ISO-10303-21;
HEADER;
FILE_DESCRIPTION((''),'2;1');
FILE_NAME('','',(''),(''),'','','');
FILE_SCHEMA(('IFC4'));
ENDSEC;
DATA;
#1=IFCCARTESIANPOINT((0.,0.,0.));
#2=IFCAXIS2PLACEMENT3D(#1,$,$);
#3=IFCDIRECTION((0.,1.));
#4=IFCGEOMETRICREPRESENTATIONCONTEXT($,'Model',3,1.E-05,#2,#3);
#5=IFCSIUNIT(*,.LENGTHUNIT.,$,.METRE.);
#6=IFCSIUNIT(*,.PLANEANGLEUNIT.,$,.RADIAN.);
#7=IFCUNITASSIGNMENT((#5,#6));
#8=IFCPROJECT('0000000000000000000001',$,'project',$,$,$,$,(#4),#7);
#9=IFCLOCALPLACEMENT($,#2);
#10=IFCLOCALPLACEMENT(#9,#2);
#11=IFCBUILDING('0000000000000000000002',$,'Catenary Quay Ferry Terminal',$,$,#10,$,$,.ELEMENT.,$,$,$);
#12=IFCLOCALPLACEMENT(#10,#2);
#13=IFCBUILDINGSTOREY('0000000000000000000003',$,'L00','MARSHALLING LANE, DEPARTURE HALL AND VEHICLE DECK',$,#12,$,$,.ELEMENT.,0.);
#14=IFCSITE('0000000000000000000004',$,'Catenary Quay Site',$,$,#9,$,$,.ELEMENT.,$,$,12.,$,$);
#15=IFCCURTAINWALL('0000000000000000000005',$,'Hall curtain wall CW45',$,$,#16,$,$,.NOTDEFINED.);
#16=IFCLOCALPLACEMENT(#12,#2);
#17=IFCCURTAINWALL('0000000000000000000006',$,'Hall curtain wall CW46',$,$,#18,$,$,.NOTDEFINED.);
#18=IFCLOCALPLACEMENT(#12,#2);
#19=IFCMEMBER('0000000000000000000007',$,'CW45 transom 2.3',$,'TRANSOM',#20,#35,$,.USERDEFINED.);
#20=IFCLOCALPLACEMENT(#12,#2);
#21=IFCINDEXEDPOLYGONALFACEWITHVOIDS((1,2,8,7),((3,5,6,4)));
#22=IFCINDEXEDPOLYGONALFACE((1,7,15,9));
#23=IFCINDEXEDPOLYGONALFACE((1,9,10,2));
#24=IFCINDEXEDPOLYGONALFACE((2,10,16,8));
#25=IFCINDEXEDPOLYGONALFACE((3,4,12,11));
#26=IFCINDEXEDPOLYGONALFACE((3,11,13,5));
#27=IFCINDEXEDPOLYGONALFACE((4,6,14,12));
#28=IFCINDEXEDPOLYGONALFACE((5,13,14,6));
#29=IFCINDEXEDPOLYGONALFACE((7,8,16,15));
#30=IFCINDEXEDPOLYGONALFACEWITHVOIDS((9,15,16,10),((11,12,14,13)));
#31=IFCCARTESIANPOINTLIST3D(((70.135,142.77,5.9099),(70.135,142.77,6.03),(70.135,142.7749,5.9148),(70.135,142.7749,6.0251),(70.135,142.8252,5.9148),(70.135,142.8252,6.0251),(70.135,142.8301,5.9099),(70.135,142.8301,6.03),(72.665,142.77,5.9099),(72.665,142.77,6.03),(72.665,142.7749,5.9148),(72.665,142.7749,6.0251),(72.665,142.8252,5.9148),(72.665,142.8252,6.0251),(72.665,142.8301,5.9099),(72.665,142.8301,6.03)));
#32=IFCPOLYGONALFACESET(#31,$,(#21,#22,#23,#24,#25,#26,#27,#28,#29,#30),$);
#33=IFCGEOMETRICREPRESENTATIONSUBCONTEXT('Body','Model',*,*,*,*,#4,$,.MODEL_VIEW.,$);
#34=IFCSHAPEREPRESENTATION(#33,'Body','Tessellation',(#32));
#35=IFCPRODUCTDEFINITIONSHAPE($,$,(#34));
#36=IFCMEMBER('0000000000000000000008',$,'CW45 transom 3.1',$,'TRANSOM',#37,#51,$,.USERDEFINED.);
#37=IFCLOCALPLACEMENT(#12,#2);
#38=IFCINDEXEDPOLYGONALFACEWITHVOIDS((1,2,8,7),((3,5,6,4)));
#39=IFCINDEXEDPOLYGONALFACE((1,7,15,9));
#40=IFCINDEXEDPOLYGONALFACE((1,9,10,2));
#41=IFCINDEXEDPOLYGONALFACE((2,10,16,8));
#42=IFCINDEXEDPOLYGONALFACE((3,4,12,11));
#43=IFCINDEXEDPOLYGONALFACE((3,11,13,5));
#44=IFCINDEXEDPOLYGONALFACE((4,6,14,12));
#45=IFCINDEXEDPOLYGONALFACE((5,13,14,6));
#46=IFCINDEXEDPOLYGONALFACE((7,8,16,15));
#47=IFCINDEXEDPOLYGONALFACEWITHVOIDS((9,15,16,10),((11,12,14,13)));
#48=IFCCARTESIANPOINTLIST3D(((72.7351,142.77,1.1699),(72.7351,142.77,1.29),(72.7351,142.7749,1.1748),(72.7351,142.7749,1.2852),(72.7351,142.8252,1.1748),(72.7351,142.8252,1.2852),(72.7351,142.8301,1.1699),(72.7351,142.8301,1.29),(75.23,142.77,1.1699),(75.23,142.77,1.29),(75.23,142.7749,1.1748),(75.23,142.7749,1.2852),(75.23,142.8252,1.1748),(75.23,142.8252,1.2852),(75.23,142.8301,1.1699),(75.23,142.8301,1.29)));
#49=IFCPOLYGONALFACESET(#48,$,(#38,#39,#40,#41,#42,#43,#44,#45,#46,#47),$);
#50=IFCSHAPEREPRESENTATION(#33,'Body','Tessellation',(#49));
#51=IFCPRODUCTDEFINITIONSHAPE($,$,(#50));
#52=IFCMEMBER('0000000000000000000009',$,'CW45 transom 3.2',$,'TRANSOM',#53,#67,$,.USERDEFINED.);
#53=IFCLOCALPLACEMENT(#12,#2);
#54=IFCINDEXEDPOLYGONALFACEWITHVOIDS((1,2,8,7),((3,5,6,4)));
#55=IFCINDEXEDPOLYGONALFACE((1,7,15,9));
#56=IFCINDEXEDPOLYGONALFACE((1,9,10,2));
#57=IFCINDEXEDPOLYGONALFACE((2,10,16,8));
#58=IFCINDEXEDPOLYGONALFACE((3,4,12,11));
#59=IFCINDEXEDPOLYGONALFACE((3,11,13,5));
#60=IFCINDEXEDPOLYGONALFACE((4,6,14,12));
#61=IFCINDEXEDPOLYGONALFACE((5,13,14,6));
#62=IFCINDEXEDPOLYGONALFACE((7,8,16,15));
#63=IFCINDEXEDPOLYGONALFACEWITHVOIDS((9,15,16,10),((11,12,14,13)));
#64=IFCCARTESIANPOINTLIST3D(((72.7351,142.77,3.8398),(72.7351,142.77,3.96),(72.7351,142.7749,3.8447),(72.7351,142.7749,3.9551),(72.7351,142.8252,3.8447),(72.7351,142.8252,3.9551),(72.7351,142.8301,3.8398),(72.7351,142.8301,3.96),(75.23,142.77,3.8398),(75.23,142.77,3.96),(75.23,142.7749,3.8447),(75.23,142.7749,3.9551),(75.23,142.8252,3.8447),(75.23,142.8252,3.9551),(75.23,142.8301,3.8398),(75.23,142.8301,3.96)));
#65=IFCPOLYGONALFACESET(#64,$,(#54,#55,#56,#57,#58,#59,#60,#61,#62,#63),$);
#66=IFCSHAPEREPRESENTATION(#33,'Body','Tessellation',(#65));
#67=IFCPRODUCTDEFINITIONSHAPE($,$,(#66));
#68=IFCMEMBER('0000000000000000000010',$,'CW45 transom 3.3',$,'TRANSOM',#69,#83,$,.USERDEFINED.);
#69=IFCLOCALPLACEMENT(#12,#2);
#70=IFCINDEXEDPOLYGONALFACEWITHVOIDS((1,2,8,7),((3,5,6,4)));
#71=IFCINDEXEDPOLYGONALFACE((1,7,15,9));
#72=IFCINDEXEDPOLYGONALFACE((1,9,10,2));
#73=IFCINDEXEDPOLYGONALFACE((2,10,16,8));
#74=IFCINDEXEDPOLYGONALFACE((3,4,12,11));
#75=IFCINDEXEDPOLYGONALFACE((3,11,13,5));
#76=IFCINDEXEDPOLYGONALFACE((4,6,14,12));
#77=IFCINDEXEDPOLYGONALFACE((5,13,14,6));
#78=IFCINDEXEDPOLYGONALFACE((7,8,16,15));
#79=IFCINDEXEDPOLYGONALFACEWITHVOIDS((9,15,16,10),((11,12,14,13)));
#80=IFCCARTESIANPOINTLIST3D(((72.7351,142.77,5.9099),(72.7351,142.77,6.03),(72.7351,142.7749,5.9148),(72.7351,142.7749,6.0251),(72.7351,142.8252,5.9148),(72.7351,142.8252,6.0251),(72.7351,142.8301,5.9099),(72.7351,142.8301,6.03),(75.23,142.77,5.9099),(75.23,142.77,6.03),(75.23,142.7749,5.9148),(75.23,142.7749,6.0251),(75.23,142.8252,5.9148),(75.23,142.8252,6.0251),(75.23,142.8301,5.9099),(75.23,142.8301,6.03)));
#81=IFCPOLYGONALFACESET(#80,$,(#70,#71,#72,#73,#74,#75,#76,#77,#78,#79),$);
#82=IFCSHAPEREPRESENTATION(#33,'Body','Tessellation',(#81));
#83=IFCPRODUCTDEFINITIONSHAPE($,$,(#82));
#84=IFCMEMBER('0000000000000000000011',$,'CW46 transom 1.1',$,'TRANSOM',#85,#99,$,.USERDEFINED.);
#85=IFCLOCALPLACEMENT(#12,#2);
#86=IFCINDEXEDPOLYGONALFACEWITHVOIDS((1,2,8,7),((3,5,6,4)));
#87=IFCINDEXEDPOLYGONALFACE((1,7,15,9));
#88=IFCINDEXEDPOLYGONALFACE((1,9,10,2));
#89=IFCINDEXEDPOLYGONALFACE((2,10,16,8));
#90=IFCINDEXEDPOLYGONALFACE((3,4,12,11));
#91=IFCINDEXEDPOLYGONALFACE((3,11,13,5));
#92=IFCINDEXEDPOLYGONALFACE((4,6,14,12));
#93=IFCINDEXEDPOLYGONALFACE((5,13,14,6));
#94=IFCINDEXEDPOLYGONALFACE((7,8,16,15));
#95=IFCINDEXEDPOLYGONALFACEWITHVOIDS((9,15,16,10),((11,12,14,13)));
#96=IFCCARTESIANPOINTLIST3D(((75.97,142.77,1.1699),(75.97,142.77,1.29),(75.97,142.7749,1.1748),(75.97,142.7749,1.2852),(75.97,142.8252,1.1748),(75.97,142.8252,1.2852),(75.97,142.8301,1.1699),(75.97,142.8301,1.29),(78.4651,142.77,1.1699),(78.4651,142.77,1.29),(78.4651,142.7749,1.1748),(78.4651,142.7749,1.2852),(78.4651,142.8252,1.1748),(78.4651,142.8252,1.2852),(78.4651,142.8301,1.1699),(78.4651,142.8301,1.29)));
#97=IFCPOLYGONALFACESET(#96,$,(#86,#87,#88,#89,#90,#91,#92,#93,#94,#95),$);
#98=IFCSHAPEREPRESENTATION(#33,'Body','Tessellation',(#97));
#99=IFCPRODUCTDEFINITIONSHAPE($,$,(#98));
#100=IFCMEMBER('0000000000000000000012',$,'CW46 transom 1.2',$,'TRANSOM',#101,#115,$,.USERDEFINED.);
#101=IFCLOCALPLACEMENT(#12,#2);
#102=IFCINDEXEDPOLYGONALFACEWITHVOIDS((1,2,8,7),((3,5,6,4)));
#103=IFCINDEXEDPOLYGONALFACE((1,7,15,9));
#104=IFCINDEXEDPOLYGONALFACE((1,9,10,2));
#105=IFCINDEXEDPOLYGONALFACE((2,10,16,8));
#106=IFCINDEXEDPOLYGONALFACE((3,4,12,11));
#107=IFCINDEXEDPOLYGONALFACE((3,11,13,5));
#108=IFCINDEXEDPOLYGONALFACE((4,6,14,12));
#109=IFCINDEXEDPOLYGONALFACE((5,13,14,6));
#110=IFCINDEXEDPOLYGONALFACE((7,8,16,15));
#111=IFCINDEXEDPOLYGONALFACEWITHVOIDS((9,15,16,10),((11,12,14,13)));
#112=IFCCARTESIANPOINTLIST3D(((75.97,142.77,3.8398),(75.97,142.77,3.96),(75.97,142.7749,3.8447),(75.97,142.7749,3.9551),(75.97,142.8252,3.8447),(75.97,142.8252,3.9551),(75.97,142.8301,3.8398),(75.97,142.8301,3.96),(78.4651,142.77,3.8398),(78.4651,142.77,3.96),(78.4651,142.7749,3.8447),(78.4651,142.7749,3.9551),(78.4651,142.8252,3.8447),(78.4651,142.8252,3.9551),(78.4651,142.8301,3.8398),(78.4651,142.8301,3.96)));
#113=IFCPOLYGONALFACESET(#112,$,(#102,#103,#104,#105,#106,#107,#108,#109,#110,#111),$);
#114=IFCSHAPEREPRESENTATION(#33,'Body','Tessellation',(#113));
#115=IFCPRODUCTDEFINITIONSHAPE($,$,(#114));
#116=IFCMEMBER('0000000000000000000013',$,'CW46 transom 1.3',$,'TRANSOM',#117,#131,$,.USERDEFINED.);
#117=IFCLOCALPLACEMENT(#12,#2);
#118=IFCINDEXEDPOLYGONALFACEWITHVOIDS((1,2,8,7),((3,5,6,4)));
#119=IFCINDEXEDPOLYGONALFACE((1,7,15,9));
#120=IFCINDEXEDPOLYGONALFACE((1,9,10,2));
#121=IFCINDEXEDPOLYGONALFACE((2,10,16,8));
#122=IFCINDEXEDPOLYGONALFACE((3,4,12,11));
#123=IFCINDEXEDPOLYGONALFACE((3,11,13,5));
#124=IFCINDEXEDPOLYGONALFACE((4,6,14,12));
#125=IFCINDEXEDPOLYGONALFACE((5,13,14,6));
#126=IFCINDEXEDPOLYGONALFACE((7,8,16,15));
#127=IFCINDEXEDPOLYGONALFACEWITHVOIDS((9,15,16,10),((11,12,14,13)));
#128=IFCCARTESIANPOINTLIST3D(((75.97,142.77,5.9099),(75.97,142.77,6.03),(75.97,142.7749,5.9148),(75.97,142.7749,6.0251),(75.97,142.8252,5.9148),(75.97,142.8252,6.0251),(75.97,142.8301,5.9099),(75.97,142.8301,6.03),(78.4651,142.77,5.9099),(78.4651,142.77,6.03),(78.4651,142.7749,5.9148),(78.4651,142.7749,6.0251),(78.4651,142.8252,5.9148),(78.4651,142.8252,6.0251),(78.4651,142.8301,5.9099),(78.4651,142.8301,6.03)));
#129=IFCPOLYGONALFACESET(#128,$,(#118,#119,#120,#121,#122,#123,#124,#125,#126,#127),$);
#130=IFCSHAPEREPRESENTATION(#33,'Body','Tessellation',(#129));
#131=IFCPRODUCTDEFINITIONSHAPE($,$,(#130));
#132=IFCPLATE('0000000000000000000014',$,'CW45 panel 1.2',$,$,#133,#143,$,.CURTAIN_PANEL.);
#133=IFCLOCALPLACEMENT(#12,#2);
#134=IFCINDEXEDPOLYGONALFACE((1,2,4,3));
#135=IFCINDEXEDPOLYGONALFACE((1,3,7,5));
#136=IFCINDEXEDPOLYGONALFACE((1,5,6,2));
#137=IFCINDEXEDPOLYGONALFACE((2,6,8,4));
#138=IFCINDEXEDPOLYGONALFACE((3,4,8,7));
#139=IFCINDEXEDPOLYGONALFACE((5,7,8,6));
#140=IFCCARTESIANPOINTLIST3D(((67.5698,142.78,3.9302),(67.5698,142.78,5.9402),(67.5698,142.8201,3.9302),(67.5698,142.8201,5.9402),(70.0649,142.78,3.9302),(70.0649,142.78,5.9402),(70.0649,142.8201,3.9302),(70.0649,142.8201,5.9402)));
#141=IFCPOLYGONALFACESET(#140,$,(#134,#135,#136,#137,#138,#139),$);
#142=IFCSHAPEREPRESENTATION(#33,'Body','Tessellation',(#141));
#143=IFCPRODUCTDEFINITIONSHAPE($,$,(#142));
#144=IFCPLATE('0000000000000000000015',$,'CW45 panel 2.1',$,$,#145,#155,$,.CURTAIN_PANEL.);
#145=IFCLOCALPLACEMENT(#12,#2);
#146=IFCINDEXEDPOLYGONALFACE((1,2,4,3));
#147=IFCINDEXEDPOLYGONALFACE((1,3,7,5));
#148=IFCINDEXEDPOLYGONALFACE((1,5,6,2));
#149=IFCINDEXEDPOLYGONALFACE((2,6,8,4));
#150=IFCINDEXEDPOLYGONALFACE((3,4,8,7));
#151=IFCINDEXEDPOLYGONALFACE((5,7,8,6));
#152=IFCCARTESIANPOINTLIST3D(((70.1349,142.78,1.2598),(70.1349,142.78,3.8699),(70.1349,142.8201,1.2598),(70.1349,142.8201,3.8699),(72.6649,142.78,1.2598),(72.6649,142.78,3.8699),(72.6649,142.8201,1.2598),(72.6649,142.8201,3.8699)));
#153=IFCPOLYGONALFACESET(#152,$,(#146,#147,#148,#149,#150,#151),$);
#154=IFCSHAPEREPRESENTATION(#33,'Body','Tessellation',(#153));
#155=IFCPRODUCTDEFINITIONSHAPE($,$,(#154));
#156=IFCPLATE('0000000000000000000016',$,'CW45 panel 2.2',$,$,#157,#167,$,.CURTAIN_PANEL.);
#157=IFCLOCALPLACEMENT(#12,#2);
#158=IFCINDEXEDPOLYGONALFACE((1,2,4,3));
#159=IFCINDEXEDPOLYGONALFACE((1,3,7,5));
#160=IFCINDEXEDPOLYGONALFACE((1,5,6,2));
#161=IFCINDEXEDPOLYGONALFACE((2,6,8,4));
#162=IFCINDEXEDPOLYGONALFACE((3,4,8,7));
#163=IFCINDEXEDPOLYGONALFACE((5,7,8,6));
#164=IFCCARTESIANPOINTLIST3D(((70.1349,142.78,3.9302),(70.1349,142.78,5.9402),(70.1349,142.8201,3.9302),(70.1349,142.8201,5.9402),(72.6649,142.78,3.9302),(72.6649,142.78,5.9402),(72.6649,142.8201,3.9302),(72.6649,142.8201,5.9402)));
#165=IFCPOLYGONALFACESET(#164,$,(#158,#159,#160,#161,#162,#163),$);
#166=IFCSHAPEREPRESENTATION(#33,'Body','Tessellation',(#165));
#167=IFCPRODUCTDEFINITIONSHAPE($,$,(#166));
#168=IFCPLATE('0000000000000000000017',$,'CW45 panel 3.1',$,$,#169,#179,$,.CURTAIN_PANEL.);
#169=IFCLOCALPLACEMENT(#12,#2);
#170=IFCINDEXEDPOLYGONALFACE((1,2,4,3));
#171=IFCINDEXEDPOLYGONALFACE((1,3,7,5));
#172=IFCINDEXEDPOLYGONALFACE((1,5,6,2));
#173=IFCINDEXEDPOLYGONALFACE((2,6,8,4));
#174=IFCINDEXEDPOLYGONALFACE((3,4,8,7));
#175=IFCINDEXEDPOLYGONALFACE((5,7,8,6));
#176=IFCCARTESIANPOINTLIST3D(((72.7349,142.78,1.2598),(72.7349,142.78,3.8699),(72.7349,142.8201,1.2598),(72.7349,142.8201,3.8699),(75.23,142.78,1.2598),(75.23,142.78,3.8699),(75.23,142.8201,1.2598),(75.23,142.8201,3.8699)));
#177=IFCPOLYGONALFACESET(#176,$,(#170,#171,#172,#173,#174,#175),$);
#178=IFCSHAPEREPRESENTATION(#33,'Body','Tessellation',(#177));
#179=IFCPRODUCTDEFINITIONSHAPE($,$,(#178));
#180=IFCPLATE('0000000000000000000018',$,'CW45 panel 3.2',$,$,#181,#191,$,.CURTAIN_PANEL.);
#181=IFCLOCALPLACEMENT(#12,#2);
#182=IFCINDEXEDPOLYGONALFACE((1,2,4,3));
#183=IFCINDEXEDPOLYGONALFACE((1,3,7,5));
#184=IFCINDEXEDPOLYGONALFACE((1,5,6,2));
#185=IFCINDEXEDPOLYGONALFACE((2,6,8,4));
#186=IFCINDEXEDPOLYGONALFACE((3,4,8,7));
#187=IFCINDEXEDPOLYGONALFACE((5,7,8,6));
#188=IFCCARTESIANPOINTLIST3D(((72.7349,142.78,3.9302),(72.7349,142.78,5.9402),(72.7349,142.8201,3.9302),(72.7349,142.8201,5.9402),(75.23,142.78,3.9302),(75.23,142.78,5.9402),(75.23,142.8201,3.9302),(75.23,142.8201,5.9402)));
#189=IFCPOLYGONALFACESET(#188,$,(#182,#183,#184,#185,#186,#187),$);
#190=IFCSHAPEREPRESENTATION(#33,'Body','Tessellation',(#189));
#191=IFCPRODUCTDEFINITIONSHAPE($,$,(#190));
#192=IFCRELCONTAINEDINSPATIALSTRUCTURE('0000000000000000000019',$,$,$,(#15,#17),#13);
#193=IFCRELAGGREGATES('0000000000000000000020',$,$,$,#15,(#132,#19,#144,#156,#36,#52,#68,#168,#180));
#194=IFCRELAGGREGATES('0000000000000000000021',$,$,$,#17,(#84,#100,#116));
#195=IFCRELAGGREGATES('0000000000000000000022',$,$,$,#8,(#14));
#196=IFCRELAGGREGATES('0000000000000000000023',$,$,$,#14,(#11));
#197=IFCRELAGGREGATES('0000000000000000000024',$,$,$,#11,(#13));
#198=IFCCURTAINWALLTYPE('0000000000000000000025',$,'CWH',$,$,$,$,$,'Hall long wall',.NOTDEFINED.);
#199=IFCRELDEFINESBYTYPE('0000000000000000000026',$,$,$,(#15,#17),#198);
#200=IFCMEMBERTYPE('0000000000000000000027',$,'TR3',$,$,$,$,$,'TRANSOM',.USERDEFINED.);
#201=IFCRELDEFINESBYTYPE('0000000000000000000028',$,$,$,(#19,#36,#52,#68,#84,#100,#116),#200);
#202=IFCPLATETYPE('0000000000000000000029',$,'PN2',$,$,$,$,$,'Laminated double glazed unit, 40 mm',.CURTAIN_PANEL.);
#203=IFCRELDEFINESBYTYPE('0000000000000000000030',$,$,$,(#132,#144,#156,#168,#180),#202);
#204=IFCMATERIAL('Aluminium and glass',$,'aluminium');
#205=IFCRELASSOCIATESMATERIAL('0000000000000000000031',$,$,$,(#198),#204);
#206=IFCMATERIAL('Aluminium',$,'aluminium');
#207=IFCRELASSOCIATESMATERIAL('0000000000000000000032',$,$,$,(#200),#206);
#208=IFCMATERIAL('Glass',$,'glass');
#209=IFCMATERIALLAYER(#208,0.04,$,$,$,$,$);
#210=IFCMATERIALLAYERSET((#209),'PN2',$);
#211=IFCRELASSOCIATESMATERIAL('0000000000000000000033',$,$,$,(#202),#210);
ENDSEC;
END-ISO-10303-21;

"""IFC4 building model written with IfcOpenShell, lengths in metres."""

from ifc_helpers import new_model, si_unit, direction, frame, origin, origin_2d, place, context, subcontext, project, spatial, rectangle, hollow_rectangle, extrude, material, layer, layer_set, material_profile, profile_set, type_object, element, aggregate, save


model = new_model("IFC4")

# Units and contexts
model_context = context("Model", 3, precision=1e-05, world=origin(), true_north=direction((0.0, 1.0)))
body_context = subcontext(model_context, "Body", "Model", "MODEL_VIEW")
ifc_project = project(units=[si_unit("LENGTHUNIT", "METRE"), si_unit("PLANEANGLEUNIT", "RADIAN")], contexts=[model_context])

# Site, building, storey
site_placement = place(None, origin())
site = spatial("IfcSite", under=ifc_project, at=site_placement, Name="Catenary Quay Site", CompositionType="ELEMENT", RefElevation=12.0)
building_placement = place(site_placement, origin())
building = spatial("IfcBuilding", under=site, at=building_placement, Name="Catenary Quay Ferry Terminal", CompositionType="ELEMENT")
storey_placement = place(building_placement, origin())
storey = spatial("IfcBuildingStorey", under=building, at=storey_placement, Name="L00", Description="MARSHALLING LANE, DEPARTURE HALL AND VEHICLE DECK", CompositionType="ELEMENT", Elevation=0.0)

# Curtain wall
ifc_material_1 = material(Name="Aluminium and glass", Category="aluminium")
curtain_wall_type = type_object("IfcCurtainWallType", Name="CWH", ElementType="Hall long wall", PredefinedType="NOTDEFINED", material=ifc_material_1)
curtain_wall_1_placement = place(storey_placement, origin())
curtain_wall_1 = element("IfcCurtainWall", 1, at=curtain_wall_1_placement, inside=storey, type_object=curtain_wall_type, Name="Hall curtain wall CW45", PredefinedType="NOTDEFINED")

# Curtain wall
curtain_wall_2_placement = place(storey_placement, origin())
curtain_wall_2 = element("IfcCurtainWall", 2, at=curtain_wall_2_placement, inside=storey, type_object=curtain_wall_type, Name="Hall curtain wall CW46", PredefinedType="NOTDEFINED")

# Members
ifc_material_2 = material(Name="Aluminium", Category="aluminium")
ifc_material_profile_1 = material_profile(ifc_material_2, hollow_rectangle(XDim=0.0601, YDim=0.1201, WallThickness=0.0049, at=origin_2d()), Name="TR3")
ifc_profile_set_1 = profile_set([ifc_material_profile_1], Name="Aluminium")
member_type_1 = type_object("IfcMemberType", Name="TR3", ElementType="TRANSOM", PredefinedType="USERDEFINED", material=ifc_profile_set_1)
member_1_placement = place(storey_placement, frame((70.135, 142.8, 5.97), z_axis=(1.0, 0.0, 0.0), x_axis=(0.0, 1.0, 0.0)))
member_1 = element("IfcMember", 3, at=member_1_placement, type_object=member_type_1, Name="CW45 transom 2.3", ObjectType="TRANSOM", PredefinedType="USERDEFINED", context=body_context, shape_type="SweptSolid", body=[
    extrude(hollow_rectangle(XDim=0.0601, YDim=0.1201, WallThickness=0.0049, at=origin_2d()), origin(), (0.0, 0.0, 1.0), 2.53),
])
member_2_placement = place(storey_placement, frame((72.7351, 142.8, 1.23), z_axis=(1.0, 0.0, 0.0), x_axis=(0.0, 1.0, 0.0)))
member_2 = element("IfcMember", 4, at=member_2_placement, type_object=member_type_1, Name="CW45 transom 3.1", ObjectType="TRANSOM", PredefinedType="USERDEFINED", context=body_context, shape_type="SweptSolid", body=[
    extrude(hollow_rectangle(XDim=0.0601, YDim=0.1201, WallThickness=0.0049, at=origin_2d()), origin(), (0.0, 0.0, 1.0), 2.4949),
])
member_3_placement = place(storey_placement, frame((72.7351, 142.8, 3.8999), z_axis=(1.0, 0.0, 0.0), x_axis=(0.0, 1.0, 0.0)))
member_3 = element("IfcMember", 5, at=member_3_placement, type_object=member_type_1, Name="CW45 transom 3.2", ObjectType="TRANSOM", PredefinedType="USERDEFINED", context=body_context, shape_type="SweptSolid", body=[
    extrude(hollow_rectangle(XDim=0.0601, YDim=0.1201, WallThickness=0.0049, at=origin_2d()), origin(), (0.0, 0.0, 1.0), 2.4949),
])
member_4_placement = place(storey_placement, frame((72.7351, 142.8, 5.97), z_axis=(1.0, 0.0, 0.0), x_axis=(0.0, 1.0, 0.0)))
member_4 = element("IfcMember", 6, at=member_4_placement, type_object=member_type_1, Name="CW45 transom 3.3", ObjectType="TRANSOM", PredefinedType="USERDEFINED", context=body_context, shape_type="SweptSolid", body=[
    extrude(hollow_rectangle(XDim=0.0601, YDim=0.1201, WallThickness=0.0049, at=origin_2d()), origin(), (0.0, 0.0, 1.0), 2.4949),
])
member_5_placement = place(storey_placement, frame((75.97, 142.8, 1.23), z_axis=(1.0, 0.0, 0.0), x_axis=(0.0, 1.0, 0.0)))
member_5 = element("IfcMember", 7, at=member_5_placement, type_object=member_type_1, Name="CW46 transom 1.1", ObjectType="TRANSOM", PredefinedType="USERDEFINED", context=body_context, shape_type="SweptSolid", body=[
    extrude(hollow_rectangle(XDim=0.0601, YDim=0.1201, WallThickness=0.0049, at=origin_2d()), origin(), (0.0, 0.0, 1.0), 2.4951),
])
member_6_placement = place(storey_placement, frame((75.97, 142.8, 3.8999), z_axis=(1.0, 0.0, 0.0), x_axis=(0.0, 1.0, 0.0)))
member_6 = element("IfcMember", 8, at=member_6_placement, type_object=member_type_1, Name="CW46 transom 1.2", ObjectType="TRANSOM", PredefinedType="USERDEFINED", context=body_context, shape_type="SweptSolid", body=[
    extrude(hollow_rectangle(XDim=0.0601, YDim=0.1201, WallThickness=0.0049, at=origin_2d()), origin(), (0.0, 0.0, 1.0), 2.4951),
])
member_7_placement = place(storey_placement, frame((75.97, 142.8, 5.97), z_axis=(1.0, 0.0, 0.0), x_axis=(0.0, 1.0, 0.0)))
member_7 = element("IfcMember", 9, at=member_7_placement, type_object=member_type_1, Name="CW46 transom 1.3", ObjectType="TRANSOM", PredefinedType="USERDEFINED", context=body_context, shape_type="SweptSolid", body=[
    extrude(hollow_rectangle(XDim=0.0601, YDim=0.1201, WallThickness=0.0049, at=origin_2d()), origin(), (0.0, 0.0, 1.0), 2.4951),
])

# Plates
ifc_material_3 = material(Name="Glass", Category="glass")
ifc_layer_1 = layer(ifc_material_3, 0.04)
ifc_layer_set_1 = layer_set([ifc_layer_1], Name="PN2")
plate_type = type_object("IfcPlateType", Name="PN2", ElementType="Laminated double glazed unit, 40 mm", PredefinedType="CURTAIN_PANEL", material=ifc_layer_set_1)
plate_1_placement = place(storey_placement, frame((68.8174, 142.8, 3.9302), z_axis=(0.0, 0.0, 1.0), x_axis=(1.0, 0.0, 0.0)))
plate_1 = element("IfcPlate", 10, at=plate_1_placement, type_object=plate_type, Name="CW45 panel 1.2", PredefinedType="CURTAIN_PANEL", context=body_context, shape_type="SweptSolid", body=[
    extrude(rectangle(XDim=2.4951, YDim=0.04, at=origin_2d()), origin(), (0.0, 0.0, 1.0), 2.01),
])
plate_2_placement = place(storey_placement, frame((71.3999, 142.8, 1.2598), z_axis=(0.0, 0.0, 1.0), x_axis=(1.0, 0.0, 0.0)))
plate_2 = element("IfcPlate", 11, at=plate_2_placement, type_object=plate_type, Name="CW45 panel 2.1", PredefinedType="CURTAIN_PANEL", context=body_context, shape_type="SweptSolid", body=[
    extrude(rectangle(XDim=2.53, YDim=0.04, at=origin_2d()), origin(), (0.0, 0.0, 1.0), 2.6101),
])
plate_3_placement = place(storey_placement, frame((71.3999, 142.8, 3.9302), z_axis=(0.0, 0.0, 1.0), x_axis=(1.0, 0.0, 0.0)))
plate_3 = element("IfcPlate", 12, at=plate_3_placement, type_object=plate_type, Name="CW45 panel 2.2", PredefinedType="CURTAIN_PANEL", context=body_context, shape_type="SweptSolid", body=[
    extrude(rectangle(XDim=2.53, YDim=0.04, at=origin_2d()), origin(), (0.0, 0.0, 1.0), 2.01),
])
plate_4_placement = place(storey_placement, frame((73.9824, 142.8, 1.2598), z_axis=(0.0, 0.0, 1.0), x_axis=(1.0, 0.0, 0.0)))
plate_4 = element("IfcPlate", 13, at=plate_4_placement, type_object=plate_type, Name="CW45 panel 3.1", PredefinedType="CURTAIN_PANEL", context=body_context, shape_type="SweptSolid", body=[
    extrude(rectangle(XDim=2.4951, YDim=0.04, at=origin_2d()), origin(), (0.0, 0.0, 1.0), 2.6101),
])
plate_5_placement = place(storey_placement, frame((73.9824, 142.8, 3.9302), z_axis=(0.0, 0.0, 1.0), x_axis=(1.0, 0.0, 0.0)))
plate_5 = element("IfcPlate", 14, at=plate_5_placement, type_object=plate_type, Name="CW45 panel 3.2", PredefinedType="CURTAIN_PANEL", context=body_context, shape_type="SweptSolid", body=[
    extrude(rectangle(XDim=2.4951, YDim=0.04, at=origin_2d()), origin(), (0.0, 0.0, 1.0), 2.01),
])
aggregate(curtain_wall_1, [plate_1, member_1, plate_2, plate_3, member_2, member_3, member_4, plate_4, plate_5])
aggregate(curtain_wall_2, [member_5, member_6, member_7])

save(model, "model.ifc")
